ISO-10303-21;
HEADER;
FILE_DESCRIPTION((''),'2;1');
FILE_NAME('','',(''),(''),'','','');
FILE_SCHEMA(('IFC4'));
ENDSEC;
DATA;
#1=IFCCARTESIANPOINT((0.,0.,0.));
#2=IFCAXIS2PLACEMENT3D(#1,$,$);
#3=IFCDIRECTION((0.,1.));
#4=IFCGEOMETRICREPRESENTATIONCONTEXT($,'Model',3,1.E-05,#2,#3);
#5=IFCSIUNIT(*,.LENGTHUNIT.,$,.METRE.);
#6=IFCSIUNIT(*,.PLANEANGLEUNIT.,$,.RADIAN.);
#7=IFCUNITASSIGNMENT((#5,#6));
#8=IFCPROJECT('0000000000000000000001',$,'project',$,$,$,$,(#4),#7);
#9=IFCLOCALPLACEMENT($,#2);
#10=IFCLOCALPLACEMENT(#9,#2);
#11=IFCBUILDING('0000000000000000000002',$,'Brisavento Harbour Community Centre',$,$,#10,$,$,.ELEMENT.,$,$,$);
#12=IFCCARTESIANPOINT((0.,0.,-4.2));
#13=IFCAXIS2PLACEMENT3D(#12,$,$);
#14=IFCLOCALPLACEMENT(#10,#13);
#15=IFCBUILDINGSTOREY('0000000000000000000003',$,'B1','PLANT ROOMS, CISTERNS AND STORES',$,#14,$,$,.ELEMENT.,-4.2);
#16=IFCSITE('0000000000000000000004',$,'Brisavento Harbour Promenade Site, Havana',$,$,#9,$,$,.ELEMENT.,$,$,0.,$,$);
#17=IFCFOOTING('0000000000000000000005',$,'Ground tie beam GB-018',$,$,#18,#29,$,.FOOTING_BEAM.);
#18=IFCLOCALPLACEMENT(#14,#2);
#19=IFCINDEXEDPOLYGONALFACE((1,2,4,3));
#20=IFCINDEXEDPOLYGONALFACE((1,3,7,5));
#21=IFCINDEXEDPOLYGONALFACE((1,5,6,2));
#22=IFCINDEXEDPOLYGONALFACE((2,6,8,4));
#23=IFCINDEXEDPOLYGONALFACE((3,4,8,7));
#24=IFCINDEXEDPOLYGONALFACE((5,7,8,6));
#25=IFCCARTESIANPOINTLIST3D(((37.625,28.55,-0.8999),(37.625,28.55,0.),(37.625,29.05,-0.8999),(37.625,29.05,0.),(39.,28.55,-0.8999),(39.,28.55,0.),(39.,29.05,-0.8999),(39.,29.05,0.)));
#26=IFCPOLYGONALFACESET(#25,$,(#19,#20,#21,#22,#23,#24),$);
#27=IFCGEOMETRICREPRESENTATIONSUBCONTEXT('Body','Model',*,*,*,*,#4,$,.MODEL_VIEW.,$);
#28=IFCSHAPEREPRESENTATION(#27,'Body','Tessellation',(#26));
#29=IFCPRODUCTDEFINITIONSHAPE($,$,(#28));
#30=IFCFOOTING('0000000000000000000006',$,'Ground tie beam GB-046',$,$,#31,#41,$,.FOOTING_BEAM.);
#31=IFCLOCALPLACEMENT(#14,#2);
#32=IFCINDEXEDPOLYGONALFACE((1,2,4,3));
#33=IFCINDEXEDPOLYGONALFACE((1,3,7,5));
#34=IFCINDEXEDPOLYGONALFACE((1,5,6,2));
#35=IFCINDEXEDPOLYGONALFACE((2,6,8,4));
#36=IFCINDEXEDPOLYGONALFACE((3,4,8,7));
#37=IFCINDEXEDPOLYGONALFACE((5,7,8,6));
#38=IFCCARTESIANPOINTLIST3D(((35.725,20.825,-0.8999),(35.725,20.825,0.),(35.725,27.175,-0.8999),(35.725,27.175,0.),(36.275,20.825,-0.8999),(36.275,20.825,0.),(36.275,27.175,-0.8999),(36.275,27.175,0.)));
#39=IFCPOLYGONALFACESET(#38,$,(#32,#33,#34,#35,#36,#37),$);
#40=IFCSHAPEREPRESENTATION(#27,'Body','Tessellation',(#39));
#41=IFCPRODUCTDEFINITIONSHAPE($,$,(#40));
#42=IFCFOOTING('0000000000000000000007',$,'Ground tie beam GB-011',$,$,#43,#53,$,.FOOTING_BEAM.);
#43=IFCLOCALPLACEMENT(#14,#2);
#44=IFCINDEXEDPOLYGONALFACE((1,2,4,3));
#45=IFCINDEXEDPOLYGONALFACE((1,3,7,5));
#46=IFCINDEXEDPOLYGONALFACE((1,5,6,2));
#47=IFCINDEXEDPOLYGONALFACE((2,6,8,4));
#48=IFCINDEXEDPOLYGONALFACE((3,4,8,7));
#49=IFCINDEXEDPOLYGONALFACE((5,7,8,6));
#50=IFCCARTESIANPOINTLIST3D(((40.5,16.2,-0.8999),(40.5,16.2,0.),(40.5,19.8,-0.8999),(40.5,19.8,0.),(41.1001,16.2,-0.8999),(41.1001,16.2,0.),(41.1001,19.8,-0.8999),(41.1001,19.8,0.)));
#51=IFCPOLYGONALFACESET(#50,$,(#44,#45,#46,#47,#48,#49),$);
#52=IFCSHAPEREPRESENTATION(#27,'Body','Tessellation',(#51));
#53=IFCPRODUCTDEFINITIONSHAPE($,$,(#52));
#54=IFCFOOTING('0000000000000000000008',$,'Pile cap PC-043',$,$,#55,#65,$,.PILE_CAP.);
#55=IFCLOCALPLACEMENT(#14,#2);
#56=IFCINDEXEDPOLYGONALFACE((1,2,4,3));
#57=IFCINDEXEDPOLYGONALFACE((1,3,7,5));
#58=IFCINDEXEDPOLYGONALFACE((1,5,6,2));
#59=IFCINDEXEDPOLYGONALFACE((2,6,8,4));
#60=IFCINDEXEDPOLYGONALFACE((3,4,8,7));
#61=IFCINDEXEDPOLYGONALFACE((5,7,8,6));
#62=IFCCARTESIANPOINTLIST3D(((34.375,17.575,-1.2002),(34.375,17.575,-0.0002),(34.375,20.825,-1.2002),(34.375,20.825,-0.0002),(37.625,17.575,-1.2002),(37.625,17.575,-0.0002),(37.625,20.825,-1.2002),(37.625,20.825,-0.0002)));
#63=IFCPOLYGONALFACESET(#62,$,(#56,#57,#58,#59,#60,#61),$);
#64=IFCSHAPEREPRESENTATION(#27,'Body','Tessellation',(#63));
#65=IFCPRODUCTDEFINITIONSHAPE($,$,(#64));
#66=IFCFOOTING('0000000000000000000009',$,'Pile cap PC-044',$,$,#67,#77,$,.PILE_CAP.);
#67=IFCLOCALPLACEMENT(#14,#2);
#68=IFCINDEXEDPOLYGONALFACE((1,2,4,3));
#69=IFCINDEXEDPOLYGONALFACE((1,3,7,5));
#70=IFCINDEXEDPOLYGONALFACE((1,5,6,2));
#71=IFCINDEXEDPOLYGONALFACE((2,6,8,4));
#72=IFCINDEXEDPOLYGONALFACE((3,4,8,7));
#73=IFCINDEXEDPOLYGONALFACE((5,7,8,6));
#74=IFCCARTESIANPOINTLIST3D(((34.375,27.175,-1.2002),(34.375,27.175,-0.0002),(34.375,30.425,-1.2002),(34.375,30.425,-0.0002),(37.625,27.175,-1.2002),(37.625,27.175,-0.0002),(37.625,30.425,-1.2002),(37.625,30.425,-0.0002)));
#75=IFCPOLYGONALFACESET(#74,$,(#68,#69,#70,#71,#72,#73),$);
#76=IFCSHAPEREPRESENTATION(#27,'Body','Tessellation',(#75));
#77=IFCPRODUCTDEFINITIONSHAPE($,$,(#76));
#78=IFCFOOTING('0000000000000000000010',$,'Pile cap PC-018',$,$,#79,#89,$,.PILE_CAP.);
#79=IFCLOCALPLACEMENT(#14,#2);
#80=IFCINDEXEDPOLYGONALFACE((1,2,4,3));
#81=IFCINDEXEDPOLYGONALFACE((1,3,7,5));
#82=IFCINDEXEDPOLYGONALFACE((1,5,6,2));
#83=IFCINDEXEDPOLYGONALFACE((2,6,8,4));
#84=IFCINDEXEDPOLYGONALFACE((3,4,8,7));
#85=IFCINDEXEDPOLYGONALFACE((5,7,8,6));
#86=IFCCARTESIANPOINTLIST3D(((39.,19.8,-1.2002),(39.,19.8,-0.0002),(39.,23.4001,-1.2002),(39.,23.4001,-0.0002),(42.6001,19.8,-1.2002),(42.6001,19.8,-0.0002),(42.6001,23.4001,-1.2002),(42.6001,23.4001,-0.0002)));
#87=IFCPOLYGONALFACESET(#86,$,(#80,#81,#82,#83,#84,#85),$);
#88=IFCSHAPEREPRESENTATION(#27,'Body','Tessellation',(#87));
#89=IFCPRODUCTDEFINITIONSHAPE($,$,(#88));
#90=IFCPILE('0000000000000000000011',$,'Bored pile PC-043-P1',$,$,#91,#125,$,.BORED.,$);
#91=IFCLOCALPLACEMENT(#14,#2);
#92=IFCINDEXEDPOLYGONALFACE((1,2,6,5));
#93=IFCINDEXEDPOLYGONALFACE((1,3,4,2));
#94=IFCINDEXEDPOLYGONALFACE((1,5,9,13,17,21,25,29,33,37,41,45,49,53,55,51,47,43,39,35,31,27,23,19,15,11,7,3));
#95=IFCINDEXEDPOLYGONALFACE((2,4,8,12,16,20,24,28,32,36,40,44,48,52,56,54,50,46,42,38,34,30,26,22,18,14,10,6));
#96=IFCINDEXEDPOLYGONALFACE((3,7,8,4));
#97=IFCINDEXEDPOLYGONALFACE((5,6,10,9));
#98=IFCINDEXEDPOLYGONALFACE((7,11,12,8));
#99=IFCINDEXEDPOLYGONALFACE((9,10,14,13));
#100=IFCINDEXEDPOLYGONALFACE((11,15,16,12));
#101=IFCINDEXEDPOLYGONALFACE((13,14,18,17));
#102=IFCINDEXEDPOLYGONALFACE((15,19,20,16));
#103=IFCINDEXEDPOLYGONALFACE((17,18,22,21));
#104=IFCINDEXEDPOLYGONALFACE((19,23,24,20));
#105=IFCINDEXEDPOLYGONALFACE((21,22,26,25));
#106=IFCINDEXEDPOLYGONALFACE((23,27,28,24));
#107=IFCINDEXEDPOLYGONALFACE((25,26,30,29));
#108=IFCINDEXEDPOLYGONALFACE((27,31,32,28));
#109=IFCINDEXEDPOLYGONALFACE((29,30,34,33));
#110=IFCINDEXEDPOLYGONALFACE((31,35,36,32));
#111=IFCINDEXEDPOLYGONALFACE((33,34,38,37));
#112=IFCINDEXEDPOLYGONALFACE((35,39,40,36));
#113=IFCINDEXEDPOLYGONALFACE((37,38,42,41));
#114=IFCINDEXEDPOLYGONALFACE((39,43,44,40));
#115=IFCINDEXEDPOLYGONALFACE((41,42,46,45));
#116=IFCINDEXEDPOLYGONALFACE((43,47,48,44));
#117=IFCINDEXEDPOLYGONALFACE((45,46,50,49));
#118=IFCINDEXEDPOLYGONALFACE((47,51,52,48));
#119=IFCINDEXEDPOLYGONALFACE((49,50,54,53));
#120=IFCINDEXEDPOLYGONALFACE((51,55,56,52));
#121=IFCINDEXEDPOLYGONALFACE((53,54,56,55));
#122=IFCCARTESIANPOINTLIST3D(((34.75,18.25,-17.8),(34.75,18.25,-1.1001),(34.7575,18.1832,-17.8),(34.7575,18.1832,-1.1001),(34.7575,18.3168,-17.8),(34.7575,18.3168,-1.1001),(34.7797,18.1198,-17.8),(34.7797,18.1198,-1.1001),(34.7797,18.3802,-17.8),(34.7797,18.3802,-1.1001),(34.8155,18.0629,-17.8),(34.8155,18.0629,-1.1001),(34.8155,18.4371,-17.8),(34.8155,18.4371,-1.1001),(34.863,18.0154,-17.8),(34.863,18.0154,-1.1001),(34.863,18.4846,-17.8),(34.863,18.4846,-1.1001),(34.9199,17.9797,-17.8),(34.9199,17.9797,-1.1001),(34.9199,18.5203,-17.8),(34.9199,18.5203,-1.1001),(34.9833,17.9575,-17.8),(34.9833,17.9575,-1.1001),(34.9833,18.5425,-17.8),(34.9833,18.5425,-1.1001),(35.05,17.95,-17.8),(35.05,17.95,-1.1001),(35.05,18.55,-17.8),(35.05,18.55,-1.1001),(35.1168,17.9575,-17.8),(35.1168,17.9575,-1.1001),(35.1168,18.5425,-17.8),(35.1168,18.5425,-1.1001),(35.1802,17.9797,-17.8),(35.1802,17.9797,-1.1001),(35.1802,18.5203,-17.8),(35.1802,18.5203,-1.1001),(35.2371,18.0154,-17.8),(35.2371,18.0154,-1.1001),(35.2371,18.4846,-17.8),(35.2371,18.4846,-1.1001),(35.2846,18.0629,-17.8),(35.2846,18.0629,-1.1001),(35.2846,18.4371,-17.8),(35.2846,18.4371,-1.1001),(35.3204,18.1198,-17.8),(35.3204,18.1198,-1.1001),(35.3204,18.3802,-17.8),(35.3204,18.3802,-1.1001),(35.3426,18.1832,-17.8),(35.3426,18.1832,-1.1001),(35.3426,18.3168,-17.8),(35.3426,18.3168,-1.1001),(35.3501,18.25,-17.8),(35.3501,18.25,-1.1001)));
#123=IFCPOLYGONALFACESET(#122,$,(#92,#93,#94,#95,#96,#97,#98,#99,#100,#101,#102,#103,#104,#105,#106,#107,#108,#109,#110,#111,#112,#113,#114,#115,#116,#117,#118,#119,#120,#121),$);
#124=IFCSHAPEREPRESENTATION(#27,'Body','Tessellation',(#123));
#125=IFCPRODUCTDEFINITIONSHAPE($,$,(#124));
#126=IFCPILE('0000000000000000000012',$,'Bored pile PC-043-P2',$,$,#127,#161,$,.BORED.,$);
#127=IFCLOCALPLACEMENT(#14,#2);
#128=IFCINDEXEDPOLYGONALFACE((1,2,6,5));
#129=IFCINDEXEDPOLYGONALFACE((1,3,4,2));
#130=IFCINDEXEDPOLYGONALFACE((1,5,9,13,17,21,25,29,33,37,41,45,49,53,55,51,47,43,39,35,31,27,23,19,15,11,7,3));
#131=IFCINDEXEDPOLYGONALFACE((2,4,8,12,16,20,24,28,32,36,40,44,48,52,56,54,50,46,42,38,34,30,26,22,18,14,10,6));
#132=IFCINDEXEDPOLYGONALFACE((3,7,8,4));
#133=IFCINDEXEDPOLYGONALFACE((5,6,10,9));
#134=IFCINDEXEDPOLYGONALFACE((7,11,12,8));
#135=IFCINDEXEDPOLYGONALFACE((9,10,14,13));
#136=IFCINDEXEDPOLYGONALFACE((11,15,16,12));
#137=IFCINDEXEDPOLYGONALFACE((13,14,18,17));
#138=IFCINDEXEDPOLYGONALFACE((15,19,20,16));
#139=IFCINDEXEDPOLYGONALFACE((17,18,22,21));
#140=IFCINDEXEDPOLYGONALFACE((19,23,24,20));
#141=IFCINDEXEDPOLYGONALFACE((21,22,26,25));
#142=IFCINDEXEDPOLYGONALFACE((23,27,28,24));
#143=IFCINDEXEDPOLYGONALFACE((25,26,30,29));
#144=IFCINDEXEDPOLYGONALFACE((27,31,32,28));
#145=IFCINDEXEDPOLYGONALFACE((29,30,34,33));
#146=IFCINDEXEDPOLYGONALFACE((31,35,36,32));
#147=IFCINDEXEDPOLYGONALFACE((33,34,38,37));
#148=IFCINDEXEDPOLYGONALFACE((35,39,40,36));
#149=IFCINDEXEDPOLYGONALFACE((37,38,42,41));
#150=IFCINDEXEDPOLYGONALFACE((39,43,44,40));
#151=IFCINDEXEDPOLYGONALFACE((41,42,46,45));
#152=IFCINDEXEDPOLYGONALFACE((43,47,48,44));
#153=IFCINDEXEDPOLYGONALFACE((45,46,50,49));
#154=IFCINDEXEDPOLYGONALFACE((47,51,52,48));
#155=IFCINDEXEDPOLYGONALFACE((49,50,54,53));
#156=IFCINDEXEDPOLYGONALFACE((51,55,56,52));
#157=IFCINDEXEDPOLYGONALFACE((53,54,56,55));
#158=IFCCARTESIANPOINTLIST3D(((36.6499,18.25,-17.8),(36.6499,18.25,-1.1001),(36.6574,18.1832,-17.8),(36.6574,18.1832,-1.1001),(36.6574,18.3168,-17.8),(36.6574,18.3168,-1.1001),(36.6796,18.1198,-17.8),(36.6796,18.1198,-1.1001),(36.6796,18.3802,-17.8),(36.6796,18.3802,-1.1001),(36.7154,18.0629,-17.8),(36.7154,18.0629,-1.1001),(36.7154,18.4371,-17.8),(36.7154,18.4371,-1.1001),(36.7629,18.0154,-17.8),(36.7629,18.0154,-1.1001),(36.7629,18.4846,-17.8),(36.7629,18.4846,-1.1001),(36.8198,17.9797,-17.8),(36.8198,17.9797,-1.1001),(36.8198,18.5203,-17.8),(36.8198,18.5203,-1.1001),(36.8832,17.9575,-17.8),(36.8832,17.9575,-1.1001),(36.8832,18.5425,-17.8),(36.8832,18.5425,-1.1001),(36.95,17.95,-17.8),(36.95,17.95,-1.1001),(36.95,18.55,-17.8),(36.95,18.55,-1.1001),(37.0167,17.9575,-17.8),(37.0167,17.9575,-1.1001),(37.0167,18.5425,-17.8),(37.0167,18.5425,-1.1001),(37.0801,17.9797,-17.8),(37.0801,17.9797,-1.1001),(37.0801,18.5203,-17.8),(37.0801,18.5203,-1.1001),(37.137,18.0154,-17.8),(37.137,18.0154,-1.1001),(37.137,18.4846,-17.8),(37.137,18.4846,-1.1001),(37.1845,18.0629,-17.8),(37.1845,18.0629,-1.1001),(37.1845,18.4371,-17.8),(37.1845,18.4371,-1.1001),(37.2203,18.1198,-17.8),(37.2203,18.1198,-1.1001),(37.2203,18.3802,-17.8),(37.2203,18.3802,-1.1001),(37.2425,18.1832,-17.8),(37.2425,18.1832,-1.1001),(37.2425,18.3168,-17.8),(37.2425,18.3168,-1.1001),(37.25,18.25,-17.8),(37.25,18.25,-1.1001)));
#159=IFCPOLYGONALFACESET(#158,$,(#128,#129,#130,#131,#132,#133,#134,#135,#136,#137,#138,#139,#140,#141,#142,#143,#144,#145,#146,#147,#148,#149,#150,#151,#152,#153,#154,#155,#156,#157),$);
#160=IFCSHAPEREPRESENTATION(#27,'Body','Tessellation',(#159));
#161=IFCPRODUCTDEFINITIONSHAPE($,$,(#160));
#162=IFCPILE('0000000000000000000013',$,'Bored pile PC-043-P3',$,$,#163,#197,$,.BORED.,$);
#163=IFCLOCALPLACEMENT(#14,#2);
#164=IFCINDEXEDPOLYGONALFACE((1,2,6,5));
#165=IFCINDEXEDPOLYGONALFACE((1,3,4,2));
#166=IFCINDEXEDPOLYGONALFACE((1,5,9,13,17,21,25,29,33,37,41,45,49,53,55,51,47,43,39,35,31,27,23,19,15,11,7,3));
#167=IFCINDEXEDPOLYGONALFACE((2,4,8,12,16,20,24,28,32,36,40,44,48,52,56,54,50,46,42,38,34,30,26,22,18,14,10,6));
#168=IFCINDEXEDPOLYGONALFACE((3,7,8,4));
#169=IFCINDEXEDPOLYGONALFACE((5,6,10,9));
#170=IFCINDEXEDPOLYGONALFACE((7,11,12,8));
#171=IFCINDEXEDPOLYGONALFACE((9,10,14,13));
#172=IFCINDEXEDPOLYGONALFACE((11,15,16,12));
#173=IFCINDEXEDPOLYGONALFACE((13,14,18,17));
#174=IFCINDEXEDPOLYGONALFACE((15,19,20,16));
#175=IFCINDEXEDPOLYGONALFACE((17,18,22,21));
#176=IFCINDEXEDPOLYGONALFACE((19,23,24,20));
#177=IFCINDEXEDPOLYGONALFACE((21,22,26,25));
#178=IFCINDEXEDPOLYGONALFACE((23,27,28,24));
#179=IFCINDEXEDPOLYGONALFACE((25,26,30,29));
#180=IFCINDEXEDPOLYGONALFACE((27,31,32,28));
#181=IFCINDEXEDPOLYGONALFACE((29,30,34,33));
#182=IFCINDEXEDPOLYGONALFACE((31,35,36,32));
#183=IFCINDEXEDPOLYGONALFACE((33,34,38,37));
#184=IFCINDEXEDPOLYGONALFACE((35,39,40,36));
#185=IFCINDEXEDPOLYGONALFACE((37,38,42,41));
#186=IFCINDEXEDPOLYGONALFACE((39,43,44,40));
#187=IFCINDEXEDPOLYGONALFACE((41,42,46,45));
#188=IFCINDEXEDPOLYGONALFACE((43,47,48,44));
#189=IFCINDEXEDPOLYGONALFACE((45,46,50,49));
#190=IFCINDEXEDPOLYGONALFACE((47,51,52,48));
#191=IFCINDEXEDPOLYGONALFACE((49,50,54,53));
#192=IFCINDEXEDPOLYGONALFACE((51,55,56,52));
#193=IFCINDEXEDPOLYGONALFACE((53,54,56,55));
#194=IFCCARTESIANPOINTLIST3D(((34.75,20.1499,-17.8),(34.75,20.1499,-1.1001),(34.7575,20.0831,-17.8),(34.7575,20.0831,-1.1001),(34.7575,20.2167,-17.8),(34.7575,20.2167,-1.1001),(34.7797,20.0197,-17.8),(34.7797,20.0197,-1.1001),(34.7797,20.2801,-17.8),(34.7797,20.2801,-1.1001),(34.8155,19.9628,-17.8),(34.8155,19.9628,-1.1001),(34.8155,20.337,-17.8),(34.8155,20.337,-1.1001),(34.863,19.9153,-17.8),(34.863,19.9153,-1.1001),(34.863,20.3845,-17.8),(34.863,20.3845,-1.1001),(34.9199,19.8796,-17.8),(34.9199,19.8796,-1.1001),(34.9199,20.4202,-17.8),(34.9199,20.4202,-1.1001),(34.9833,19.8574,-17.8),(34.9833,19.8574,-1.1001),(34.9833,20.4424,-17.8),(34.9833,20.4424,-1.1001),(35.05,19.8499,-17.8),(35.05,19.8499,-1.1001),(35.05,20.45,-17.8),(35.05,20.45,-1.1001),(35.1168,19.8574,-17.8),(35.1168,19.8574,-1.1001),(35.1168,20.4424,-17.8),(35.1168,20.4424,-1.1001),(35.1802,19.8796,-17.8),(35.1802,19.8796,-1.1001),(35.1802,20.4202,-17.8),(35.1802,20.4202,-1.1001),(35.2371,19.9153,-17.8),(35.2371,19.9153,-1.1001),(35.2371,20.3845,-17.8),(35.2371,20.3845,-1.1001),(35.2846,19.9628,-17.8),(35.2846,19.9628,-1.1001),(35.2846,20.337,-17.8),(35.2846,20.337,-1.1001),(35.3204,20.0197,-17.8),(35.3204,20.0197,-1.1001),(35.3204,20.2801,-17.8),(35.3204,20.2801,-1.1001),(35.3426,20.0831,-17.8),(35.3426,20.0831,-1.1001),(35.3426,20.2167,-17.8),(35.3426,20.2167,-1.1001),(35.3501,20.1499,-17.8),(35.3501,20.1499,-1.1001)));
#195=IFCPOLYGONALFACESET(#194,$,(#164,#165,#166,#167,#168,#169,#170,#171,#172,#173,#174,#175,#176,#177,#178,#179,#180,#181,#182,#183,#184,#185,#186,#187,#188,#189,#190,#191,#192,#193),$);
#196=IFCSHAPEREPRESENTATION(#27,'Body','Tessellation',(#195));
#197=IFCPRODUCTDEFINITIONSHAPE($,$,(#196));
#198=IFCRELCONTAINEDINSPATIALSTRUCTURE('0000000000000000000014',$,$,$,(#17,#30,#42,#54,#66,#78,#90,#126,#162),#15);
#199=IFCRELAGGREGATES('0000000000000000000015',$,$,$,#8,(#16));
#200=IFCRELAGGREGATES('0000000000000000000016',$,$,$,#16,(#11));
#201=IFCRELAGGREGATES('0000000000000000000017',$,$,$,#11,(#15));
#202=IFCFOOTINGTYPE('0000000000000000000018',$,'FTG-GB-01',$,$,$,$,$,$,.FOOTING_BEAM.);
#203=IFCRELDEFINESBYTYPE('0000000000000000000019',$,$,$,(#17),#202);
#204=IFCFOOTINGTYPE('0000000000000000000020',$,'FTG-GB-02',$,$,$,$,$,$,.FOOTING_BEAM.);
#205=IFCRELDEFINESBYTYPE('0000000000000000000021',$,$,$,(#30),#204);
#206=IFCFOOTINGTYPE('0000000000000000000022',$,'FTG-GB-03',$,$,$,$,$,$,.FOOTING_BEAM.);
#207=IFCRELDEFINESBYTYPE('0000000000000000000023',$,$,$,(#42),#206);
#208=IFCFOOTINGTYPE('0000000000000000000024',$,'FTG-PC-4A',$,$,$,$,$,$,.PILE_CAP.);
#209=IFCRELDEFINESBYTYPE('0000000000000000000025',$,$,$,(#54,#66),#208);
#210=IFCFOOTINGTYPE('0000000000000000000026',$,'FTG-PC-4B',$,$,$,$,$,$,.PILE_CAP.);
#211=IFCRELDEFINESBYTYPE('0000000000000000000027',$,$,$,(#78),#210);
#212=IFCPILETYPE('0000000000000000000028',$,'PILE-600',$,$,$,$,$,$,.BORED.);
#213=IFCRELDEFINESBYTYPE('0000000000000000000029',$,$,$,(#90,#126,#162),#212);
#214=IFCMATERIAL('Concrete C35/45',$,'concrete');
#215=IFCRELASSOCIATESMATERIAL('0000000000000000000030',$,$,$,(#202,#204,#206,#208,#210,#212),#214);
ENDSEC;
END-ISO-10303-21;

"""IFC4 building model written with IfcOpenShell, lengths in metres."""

from ifc_helpers import new_model, si_unit, direction, frame, origin, origin_2d, place, context, subcontext, project, spatial, rectangle, circle, extrude, material, material_profile, profile_set, type_object, element, save


model = new_model("IFC4")

# Units and contexts
model_context = context("Model", 3, precision=1e-05, world=origin(), true_north=direction((0.0, 1.0)))
body_context = subcontext(model_context, "Body", "Model", "MODEL_VIEW")
ifc_project = project(units=[si_unit("LENGTHUNIT", "METRE"), si_unit("PLANEANGLEUNIT", "RADIAN")], contexts=[model_context])

# Site, building, storey
site_placement = place(None, origin())
site = spatial("IfcSite", under=ifc_project, at=site_placement, Name="Brisavento Harbour Promenade Site, Havana", CompositionType="ELEMENT", RefElevation=0.0)
building_placement = place(site_placement, origin())
building = spatial("IfcBuilding", under=site, at=building_placement, Name="Brisavento Harbour Community Centre", CompositionType="ELEMENT")
storey_placement = place(building_placement, frame((0.0, 0.0, -4.2)))
storey = spatial("IfcBuildingStorey", under=building, at=storey_placement, Name="B1", Description="PLANT ROOMS, CISTERNS AND STORES", CompositionType="ELEMENT", Elevation=-4.2)

# Footings
ifc_material_1 = material(Name="Concrete C35/45", Category="concrete")
footing_type_1 = type_object("IfcFootingType", Name="FTG-GB-01", PredefinedType="FOOTING_BEAM", material=ifc_material_1)
footing_1_placement = place(storey_placement, frame((38.3125, 28.8, -0.8999), z_axis=(0.0, 0.0, 1.0), x_axis=(1.0, 0.0, 0.0)))
element("IfcFooting", 1, at=footing_1_placement, inside=storey, type_object=footing_type_1, Name="Ground tie beam GB-018", PredefinedType="FOOTING_BEAM", context=body_context, shape_type="SweptSolid", body=[
    extrude(rectangle(XDim=1.375, YDim=0.5, at=origin_2d()), origin(), (0.0, 0.0, 1.0), 0.8999),
])
footing_type_2 = type_object("IfcFootingType", Name="FTG-GB-02", PredefinedType="FOOTING_BEAM", material=ifc_material_1)
footing_2_placement = place(storey_placement, frame((36.0, 24.0, -0.8999), z_axis=(0.0, 0.0, 1.0), x_axis=(1.0, 0.0, 0.0)))
element("IfcFooting", 2, at=footing_2_placement, inside=storey, type_object=footing_type_2, Name="Ground tie beam GB-046", PredefinedType="FOOTING_BEAM", context=body_context, shape_type="SweptSolid", body=[
    extrude(rectangle(XDim=0.55, YDim=6.3501, at=origin_2d()), origin(), (0.0, 0.0, 1.0), 0.8999),
])
footing_type_3 = type_object("IfcFootingType", Name="FTG-GB-03", PredefinedType="FOOTING_BEAM", material=ifc_material_1)
footing_3_placement = place(storey_placement, frame((40.8, 18.0, -0.8999), z_axis=(0.0, 0.0, 1.0), x_axis=(1.0, 0.0, 0.0)))
element("IfcFooting", 3, at=footing_3_placement, inside=storey, type_object=footing_type_3, Name="Ground tie beam GB-011", PredefinedType="FOOTING_BEAM", context=body_context, shape_type="SweptSolid", body=[
    extrude(rectangle(XDim=0.6001, YDim=3.6001, at=origin_2d()), origin(), (0.0, 0.0, 1.0), 0.8999),
])
footing_type_4 = type_object("IfcFootingType", Name="FTG-PC-4A", PredefinedType="PILE_CAP", material=ifc_material_1)
for number, where, z_axis, x_axis, name in (
    (4, (36.0, 19.2, -1.2002), (0.0, 0.0, 1.0), (1.0, 0.0, 0.0), "Pile cap PC-043"),
    (5, (36.0, 28.8, -1.2002), (0.0, 0.0, 1.0), (1.0, 0.0, 0.0), "Pile cap PC-044"),
):
    element("IfcFooting", number, at=place(storey_placement, frame(where, z_axis=z_axis, x_axis=x_axis)), inside=storey, type_object=footing_type_4, Name=name, PredefinedType="PILE_CAP", context=body_context, shape_type="SweptSolid", body=[
        extrude(rectangle(XDim=3.25, YDim=3.25, at=origin_2d()), origin(), (0.0, 0.0, 1.0), 1.2),
    ])
footing_type_5 = type_object("IfcFootingType", Name="FTG-PC-4B", PredefinedType="PILE_CAP", material=ifc_material_1)
footing_4_placement = place(storey_placement, frame((40.8, 21.6001, -1.2002), z_axis=(0.0, 0.0, 1.0), x_axis=(1.0, 0.0, 0.0)))
element("IfcFooting", 6, at=footing_4_placement, inside=storey, type_object=footing_type_5, Name="Pile cap PC-018", PredefinedType="PILE_CAP", context=body_context, shape_type="SweptSolid", body=[
    extrude(rectangle(XDim=3.6001, YDim=3.6001, at=origin_2d()), origin(), (0.0, 0.0, 1.0), 1.2),
])

# Piles
ifc_material_profile_1 = material_profile(ifc_material_1, circle(Radius=0.3, at=origin_2d()), Name="Concrete C35/45")
ifc_profile_set_1 = profile_set([ifc_material_profile_1], Name="Concrete C35/45")
pile_type_1 = type_object("IfcPileType", Name="PILE-600", PredefinedType="BORED", material=ifc_profile_set_1)
for number, where, z_axis, x_axis, name in (
    (7, (35.05, 18.25, -1.1001), (0.0, 0.0, -1.0), (1.0, 0.0, 0.0), "Bored pile PC-043-P1"),
    (8, (36.95, 18.25, -1.1001), (0.0, 0.0, -1.0), (1.0, 0.0, 0.0), "Bored pile PC-043-P2"),
    (9, (35.05, 20.1499, -1.1001), (0.0, 0.0, -1.0), (1.0, 0.0, 0.0), "Bored pile PC-043-P3"),
):
    element("IfcPile", number, at=place(storey_placement, frame(where, z_axis=z_axis, x_axis=x_axis)), inside=storey, type_object=pile_type_1, Name=name, PredefinedType="BORED", context=body_context, shape_type="SweptSolid", body=[
        extrude(circle(Radius=0.3, at=origin_2d()), origin(), (0.0, 0.0, 1.0), 16.7),
    ])

save(model, "model.ifc")
